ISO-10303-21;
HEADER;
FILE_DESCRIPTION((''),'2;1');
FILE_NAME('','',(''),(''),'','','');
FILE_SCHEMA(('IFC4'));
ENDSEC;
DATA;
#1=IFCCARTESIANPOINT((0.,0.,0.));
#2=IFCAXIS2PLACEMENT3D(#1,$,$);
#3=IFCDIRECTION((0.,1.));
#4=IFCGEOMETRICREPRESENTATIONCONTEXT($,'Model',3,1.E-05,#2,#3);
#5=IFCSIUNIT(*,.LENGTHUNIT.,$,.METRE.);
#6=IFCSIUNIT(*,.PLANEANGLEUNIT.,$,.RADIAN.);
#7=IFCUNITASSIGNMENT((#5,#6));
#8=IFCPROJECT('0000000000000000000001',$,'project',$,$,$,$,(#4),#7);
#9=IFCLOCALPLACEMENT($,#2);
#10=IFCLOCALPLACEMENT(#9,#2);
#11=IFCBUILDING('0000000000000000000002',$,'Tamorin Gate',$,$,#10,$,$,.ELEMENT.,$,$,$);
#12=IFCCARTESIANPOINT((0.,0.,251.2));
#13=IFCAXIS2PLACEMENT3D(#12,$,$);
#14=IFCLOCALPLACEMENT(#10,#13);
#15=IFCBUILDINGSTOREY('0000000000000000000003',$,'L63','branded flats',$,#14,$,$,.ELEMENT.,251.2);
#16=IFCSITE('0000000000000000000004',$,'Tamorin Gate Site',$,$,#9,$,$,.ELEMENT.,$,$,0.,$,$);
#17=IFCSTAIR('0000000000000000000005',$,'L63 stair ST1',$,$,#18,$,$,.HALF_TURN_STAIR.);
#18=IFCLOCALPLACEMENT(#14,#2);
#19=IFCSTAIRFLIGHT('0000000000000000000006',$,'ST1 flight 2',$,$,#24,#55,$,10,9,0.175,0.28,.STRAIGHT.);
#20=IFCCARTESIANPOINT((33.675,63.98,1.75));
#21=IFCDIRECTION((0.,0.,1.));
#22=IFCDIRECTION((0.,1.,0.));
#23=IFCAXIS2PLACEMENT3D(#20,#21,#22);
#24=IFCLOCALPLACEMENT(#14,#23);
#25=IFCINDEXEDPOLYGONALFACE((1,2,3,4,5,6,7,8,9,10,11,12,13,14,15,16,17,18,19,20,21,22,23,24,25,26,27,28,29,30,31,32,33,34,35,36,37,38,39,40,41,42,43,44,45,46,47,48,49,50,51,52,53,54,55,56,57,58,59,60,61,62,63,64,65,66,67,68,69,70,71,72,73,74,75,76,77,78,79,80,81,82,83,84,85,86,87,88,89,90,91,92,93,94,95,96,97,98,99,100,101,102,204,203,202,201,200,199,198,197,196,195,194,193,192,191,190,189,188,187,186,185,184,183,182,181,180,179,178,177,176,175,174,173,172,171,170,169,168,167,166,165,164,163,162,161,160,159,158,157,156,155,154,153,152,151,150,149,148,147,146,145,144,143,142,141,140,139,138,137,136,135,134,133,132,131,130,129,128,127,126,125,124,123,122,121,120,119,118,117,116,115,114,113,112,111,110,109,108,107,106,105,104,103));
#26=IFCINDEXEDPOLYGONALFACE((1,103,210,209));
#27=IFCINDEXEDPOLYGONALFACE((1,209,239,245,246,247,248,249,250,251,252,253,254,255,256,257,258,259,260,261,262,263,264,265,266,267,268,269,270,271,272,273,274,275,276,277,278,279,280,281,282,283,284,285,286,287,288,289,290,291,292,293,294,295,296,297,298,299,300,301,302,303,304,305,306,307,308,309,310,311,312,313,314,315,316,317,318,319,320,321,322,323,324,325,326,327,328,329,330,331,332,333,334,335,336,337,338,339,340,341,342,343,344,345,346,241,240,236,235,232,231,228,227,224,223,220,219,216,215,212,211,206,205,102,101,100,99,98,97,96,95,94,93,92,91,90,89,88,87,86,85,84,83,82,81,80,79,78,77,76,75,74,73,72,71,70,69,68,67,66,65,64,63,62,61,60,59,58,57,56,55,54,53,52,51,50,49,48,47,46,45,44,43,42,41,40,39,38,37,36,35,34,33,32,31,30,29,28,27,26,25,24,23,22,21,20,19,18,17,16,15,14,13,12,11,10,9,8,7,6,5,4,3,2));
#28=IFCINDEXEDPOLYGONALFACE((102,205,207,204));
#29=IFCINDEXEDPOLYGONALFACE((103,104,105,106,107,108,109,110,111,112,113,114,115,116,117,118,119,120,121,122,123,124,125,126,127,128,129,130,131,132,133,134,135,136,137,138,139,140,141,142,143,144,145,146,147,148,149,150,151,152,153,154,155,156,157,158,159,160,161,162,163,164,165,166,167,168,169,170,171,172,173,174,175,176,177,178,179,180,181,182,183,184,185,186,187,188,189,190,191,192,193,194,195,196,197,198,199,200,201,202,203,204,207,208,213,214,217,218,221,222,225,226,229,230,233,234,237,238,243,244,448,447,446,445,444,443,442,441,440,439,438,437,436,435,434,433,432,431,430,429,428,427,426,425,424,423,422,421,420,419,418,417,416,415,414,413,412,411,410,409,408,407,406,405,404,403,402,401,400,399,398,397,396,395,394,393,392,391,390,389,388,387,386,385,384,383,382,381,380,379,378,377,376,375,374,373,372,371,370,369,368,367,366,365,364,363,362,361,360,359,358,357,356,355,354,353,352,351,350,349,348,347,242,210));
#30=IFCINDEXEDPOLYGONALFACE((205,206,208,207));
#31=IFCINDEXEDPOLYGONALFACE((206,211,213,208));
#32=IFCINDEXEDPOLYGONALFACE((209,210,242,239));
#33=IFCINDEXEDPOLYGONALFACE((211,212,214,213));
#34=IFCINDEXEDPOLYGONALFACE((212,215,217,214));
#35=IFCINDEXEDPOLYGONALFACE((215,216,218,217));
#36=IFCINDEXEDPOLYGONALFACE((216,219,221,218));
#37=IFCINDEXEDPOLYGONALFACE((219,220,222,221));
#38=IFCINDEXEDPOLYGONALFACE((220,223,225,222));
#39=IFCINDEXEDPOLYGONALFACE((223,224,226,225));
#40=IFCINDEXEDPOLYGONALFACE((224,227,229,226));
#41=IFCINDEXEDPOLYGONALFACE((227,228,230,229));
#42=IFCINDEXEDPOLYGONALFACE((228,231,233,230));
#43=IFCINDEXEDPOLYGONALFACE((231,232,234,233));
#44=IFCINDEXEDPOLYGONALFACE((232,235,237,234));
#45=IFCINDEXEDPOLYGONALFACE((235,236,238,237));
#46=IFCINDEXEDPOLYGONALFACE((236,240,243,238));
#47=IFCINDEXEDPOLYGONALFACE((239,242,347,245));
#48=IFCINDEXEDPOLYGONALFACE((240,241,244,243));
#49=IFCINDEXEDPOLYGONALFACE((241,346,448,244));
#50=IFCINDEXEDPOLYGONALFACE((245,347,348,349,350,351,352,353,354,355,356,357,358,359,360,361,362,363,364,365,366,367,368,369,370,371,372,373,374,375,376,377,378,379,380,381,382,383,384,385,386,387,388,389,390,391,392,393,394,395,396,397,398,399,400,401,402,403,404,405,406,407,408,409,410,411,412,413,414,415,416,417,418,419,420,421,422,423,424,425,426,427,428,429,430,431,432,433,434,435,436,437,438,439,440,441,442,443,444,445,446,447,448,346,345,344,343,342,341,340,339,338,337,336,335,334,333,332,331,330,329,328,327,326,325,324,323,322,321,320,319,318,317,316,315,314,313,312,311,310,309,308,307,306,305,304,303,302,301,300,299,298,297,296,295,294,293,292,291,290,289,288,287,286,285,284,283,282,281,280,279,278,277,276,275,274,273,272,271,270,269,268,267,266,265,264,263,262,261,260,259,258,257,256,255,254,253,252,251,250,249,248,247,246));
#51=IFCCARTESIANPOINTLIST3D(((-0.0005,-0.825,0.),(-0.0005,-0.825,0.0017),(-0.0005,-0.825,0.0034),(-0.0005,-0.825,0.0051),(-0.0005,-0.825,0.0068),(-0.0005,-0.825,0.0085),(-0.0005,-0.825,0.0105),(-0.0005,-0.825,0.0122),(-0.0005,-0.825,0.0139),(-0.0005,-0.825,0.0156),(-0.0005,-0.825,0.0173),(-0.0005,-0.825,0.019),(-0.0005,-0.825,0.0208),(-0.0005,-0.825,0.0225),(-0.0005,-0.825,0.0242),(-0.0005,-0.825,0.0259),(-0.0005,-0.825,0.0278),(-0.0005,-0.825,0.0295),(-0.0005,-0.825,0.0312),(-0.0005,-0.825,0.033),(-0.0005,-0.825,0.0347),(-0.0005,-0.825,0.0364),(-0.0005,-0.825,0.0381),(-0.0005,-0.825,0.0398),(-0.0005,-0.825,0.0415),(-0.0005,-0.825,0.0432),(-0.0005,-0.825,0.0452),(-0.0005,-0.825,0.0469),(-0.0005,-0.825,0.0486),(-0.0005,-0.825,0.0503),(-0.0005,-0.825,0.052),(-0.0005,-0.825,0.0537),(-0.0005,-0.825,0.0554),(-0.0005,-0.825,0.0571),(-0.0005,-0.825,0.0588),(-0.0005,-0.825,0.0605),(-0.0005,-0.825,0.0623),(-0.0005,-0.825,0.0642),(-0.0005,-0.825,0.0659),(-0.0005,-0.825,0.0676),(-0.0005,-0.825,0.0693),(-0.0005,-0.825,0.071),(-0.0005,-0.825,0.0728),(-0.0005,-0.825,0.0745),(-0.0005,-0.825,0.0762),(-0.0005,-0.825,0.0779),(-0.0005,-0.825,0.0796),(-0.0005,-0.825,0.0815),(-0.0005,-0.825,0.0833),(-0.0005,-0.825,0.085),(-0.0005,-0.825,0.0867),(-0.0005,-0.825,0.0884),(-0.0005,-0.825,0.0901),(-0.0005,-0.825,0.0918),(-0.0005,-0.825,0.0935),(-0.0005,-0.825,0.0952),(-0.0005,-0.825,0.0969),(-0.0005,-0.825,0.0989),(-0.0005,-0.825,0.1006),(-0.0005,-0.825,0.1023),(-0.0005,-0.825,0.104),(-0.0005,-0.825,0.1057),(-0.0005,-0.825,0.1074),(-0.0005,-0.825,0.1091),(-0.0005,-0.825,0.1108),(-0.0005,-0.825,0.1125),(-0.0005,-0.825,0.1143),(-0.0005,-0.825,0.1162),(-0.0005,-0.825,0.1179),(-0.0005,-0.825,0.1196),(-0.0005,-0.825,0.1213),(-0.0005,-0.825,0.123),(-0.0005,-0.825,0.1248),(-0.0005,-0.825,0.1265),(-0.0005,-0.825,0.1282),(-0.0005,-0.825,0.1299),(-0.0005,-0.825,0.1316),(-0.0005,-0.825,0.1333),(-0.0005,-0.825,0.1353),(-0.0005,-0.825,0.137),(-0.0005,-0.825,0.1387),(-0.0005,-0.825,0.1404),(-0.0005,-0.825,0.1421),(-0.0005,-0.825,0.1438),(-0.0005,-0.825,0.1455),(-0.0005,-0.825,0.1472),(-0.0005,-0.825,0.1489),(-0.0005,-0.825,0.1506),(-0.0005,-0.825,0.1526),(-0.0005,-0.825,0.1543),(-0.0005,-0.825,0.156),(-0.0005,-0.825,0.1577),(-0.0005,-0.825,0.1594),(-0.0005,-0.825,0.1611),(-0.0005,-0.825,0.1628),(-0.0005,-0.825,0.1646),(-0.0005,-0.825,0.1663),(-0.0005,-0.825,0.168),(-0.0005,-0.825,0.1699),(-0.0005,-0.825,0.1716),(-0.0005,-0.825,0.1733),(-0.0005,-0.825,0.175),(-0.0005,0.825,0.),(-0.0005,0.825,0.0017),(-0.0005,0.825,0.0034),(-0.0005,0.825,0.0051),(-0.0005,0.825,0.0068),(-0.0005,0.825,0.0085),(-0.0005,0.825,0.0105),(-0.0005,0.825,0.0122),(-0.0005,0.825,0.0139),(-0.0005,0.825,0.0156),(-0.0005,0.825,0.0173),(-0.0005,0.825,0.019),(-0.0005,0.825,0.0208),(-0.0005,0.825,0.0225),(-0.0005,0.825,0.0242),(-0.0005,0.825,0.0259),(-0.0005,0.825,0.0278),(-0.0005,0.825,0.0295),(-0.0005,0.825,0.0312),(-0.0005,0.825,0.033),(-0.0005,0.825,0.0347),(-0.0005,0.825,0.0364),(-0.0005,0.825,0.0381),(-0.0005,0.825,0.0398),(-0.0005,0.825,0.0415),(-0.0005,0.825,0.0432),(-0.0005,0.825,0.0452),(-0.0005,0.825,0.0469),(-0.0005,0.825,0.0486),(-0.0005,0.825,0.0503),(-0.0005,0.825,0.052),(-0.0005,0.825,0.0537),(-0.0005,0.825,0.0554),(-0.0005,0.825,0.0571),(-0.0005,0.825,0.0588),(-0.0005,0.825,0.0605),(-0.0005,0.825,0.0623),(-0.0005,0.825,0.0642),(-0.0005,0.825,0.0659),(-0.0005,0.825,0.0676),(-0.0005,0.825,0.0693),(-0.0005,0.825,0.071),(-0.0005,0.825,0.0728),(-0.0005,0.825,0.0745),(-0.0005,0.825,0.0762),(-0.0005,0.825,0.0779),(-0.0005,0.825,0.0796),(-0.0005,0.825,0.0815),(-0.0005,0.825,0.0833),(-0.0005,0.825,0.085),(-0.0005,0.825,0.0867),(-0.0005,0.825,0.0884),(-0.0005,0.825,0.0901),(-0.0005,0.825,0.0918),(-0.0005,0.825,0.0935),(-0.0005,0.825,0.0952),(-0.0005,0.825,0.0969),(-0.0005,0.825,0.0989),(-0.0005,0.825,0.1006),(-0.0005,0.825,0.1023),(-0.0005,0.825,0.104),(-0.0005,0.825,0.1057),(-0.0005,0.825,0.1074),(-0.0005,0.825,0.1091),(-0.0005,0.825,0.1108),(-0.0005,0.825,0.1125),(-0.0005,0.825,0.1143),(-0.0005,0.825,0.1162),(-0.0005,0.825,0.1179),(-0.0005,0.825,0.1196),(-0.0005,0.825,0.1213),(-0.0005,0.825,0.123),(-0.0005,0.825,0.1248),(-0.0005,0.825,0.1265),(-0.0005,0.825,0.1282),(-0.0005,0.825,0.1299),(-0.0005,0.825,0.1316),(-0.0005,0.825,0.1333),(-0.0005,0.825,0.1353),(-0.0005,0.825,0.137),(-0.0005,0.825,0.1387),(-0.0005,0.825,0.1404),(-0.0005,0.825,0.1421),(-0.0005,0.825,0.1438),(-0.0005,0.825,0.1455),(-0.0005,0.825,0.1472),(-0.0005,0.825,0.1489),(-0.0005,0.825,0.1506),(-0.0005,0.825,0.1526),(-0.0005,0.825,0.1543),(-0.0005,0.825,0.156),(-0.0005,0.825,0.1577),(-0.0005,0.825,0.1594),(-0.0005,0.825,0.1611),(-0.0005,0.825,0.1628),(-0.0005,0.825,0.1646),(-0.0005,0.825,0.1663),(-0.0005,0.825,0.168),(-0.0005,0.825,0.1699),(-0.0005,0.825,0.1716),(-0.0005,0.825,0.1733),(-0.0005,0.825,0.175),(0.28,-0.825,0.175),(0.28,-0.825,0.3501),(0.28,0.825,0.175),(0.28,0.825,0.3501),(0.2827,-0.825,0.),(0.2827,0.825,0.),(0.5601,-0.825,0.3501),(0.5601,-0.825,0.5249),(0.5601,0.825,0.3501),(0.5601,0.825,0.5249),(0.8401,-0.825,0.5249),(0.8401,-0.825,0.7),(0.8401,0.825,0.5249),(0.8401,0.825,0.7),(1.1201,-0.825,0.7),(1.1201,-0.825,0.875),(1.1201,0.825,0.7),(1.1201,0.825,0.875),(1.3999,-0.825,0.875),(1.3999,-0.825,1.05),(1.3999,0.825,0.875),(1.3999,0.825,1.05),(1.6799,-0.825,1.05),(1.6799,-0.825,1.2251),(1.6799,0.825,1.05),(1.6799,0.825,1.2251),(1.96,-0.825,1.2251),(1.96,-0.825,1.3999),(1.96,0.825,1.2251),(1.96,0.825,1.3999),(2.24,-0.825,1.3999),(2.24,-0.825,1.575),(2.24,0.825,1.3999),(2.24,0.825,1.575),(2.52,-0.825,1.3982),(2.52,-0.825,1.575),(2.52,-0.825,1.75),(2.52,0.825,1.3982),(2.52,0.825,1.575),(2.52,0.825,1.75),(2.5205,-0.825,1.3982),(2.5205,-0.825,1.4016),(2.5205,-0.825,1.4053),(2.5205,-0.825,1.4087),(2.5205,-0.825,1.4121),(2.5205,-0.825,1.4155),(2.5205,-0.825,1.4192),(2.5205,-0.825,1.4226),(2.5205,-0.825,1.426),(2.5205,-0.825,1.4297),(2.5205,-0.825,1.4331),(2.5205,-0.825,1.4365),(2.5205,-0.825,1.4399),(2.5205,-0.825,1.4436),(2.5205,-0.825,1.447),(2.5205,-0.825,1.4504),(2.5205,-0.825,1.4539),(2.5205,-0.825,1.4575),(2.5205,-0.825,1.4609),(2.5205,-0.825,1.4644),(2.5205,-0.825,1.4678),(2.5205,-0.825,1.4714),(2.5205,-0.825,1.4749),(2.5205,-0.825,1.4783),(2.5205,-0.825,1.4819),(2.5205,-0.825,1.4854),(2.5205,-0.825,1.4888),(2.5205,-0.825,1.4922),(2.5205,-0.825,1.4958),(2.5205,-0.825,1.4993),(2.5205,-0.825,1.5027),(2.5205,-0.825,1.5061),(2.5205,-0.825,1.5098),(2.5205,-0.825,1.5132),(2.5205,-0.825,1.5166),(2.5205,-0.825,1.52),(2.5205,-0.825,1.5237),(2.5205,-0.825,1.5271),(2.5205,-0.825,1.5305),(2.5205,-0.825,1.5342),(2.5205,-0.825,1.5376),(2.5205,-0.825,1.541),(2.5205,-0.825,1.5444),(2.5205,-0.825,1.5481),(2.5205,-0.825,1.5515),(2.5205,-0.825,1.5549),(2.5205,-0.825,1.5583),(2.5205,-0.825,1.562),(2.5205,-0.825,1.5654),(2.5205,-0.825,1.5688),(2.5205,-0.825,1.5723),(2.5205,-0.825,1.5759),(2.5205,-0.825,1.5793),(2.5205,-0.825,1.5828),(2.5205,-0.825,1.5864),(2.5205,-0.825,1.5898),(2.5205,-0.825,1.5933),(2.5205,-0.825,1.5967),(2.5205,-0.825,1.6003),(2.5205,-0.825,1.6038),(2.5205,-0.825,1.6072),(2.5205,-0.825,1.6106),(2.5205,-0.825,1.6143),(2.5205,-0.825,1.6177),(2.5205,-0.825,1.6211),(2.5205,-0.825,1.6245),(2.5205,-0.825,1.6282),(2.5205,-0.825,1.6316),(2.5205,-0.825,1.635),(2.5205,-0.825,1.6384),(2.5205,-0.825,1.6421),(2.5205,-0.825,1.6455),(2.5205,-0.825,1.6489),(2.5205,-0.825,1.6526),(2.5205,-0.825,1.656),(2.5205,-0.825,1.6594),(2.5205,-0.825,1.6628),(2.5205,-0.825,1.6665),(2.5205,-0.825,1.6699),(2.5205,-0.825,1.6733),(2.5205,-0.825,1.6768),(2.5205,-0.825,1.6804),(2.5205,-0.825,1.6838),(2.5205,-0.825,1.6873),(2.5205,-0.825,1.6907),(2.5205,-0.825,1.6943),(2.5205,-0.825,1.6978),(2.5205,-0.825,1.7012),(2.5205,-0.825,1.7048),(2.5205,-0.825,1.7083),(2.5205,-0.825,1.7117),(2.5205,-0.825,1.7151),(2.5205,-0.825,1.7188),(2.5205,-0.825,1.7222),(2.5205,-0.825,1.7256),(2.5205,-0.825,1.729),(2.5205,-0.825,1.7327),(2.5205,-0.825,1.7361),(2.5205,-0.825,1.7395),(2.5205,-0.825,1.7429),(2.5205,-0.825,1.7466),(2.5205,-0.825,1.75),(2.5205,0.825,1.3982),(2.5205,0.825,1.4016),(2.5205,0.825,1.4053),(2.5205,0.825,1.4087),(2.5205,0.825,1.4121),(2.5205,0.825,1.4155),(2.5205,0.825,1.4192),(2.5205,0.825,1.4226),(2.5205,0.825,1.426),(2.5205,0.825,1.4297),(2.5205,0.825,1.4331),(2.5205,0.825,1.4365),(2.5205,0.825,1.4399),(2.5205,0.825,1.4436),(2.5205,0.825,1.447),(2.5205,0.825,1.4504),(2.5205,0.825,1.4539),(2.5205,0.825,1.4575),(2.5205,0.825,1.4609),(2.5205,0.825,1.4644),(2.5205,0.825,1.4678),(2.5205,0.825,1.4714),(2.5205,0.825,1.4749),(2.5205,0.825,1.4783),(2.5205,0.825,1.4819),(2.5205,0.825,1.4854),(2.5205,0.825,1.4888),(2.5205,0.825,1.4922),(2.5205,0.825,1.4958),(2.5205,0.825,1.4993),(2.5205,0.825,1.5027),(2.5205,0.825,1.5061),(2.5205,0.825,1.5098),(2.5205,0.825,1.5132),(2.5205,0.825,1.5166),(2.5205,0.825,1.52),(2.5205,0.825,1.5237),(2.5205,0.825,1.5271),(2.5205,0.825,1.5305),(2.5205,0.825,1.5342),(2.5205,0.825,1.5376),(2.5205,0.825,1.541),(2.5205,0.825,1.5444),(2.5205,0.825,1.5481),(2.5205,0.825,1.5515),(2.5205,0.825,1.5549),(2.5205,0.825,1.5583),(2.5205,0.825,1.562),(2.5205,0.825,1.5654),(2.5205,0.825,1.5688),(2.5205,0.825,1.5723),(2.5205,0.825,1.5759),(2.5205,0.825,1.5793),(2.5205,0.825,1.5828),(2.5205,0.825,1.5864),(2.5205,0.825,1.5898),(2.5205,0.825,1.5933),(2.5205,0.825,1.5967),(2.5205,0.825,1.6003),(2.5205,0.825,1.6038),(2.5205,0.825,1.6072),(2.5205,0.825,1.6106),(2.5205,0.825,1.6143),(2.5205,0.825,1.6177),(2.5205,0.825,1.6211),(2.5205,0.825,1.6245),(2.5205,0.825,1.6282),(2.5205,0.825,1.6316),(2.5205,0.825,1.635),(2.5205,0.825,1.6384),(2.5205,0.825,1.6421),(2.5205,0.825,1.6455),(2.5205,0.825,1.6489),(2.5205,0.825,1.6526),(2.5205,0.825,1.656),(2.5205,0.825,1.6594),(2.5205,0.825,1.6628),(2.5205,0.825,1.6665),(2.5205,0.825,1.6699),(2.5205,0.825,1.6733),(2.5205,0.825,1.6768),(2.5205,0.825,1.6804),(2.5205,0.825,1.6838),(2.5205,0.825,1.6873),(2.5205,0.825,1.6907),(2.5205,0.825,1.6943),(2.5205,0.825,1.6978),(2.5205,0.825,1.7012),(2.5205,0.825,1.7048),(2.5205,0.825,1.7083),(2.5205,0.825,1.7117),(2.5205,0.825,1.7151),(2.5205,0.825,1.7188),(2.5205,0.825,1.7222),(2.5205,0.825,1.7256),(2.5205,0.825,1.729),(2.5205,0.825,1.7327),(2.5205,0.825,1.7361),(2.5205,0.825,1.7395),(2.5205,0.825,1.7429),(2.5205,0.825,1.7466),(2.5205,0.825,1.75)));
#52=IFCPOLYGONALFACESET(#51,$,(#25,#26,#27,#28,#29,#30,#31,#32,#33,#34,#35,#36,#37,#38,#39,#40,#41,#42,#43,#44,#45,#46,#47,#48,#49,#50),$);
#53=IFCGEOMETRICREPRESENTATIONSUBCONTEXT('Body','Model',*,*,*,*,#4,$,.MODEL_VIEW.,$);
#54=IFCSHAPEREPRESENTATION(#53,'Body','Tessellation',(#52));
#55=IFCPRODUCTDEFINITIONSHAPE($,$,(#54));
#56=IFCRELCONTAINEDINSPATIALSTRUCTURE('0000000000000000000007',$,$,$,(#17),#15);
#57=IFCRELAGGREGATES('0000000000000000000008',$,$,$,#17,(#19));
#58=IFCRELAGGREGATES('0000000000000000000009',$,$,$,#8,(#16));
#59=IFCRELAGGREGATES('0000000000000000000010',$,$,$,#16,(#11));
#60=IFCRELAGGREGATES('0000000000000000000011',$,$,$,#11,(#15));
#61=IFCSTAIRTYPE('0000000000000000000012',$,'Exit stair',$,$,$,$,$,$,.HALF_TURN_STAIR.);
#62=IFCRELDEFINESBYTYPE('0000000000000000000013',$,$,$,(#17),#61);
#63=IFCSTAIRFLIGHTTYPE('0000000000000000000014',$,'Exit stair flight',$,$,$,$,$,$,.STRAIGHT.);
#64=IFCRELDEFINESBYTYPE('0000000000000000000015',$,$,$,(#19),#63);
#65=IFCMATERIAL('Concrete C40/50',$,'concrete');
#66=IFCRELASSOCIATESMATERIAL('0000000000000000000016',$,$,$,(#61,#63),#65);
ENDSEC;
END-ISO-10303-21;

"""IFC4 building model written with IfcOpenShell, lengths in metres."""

from ifc_helpers import new_model, si_unit, direction, frame, origin, place, context, subcontext, project, spatial, polyline, outline, extrude, material, type_object, element, aggregate, save


model = new_model("IFC4")

# Units and contexts
model_context = context("Model", 3, precision=1e-05, world=origin(), true_north=direction((0.0, 1.0)))
body_context = subcontext(model_context, "Body", "Model", "MODEL_VIEW")
ifc_project = project(units=[si_unit("LENGTHUNIT", "METRE"), si_unit("PLANEANGLEUNIT", "RADIAN")], contexts=[model_context])

# Site, building, storey
site_placement = place(None, origin())
site = spatial("IfcSite", under=ifc_project, at=site_placement, Name="Tamorin Gate Site", CompositionType="ELEMENT", RefElevation=0.0)
building_placement = place(site_placement, origin())
building = spatial("IfcBuilding", under=site, at=building_placement, Name="Tamorin Gate", CompositionType="ELEMENT")
storey_placement = place(building_placement, frame((0.0, 0.0, 251.2)))
storey = spatial("IfcBuildingStorey", under=building, at=storey_placement, Name="L63", Description="branded flats", CompositionType="ELEMENT", Elevation=251.2)

# Shared definitions
ifc_material_1 = material(Name="Concrete C40/50", Category="concrete")

# Stair, stair flight
stair_type = type_object("IfcStairType", Name="Exit stair", PredefinedType="HALF_TURN_STAIR", material=ifc_material_1)
stair_1_placement = place(storey_placement, origin())
stair_1 = element("IfcStair", 1, at=stair_1_placement, inside=storey, type_object=stair_type, Name="L63 stair ST1", PredefinedType="HALF_TURN_STAIR")
stair_flight_type = type_object("IfcStairFlightType", Name="Exit stair flight", PredefinedType="STRAIGHT", material=ifc_material_1)
stair_flight_1_placement = place(storey_placement, frame((33.675, 63.98, 1.75), z_axis=(0.0, 0.0, 1.0), x_axis=(0.0, 1.0, 0.0)))
stair_flight_1 = element("IfcStairFlight", 2, at=stair_flight_1_placement, type_object=stair_flight_type, Name="ST1 flight 2", NumberOfRisers=10, NumberOfTreads=9, PredefinedType="STRAIGHT", RiserHeight=0.175, TreadLength=0.28, context=body_context, shape_type="SweptSolid", body=[
    extrude(outline(polyline([(-0.0005, 0.0), (-0.0005, 0.0017), (-0.0005, 0.0034), (-0.0005, 0.0051), (-0.0005, 0.0068), (-0.0005, 0.0085), (-0.0005, 0.0105), (-0.0005, 0.0122), (-0.0005, 0.0139), (-0.0005, 0.0156), (-0.0005, 0.0173), (-0.0005, 0.019), (-0.0005, 0.0208), (-0.0005, 0.0225), (-0.0005, 0.0242), (-0.0005, 0.0259), (-0.0005, 0.0278), (-0.0005, 0.0295), (-0.0005, 0.0312), (-0.0005, 0.033), (-0.0005, 0.0347), (-0.0005, 0.0364), (-0.0005, 0.0381), (-0.0005, 0.0398), (-0.0005, 0.0415), (-0.0005, 0.0432), (-0.0005, 0.0452), (-0.0005, 0.0469), (-0.0005, 0.0486), (-0.0005, 0.0503), (-0.0005, 0.052), (-0.0005, 0.0537), (-0.0005, 0.0554), (-0.0005, 0.0571), (-0.0005, 0.0588), (-0.0005, 0.0605), (-0.0005, 0.0623), (-0.0005, 0.0642), (-0.0005, 0.0659), (-0.0005, 0.0676), (-0.0005, 0.0693), (-0.0005, 0.071), (-0.0005, 0.0728), (-0.0005, 0.0745), (-0.0005, 0.0762), (-0.0005, 0.0779), (-0.0005, 0.0796), (-0.0005, 0.0815), (-0.0005, 0.0833), (-0.0005, 0.085), (-0.0005, 0.0867), (-0.0005, 0.0884), (-0.0005, 0.0901), (-0.0005, 0.0918), (-0.0005, 0.0935), (-0.0005, 0.0952), (-0.0005, 0.0969), (-0.0005, 0.0989), (-0.0005, 0.1006), (-0.0005, 0.1023), (-0.0005, 0.104), (-0.0005, 0.1057), (-0.0005, 0.1074), (-0.0005, 0.1091), (-0.0005, 0.1108), (-0.0005, 0.1125), (-0.0005, 0.1143), (-0.0005, 0.1162), (-0.0005, 0.1179), (-0.0005, 0.1196), (-0.0005, 0.1213), (-0.0005, 0.123), (-0.0005, 0.1248), (-0.0005, 0.1265), (-0.0005, 0.1282), (-0.0005, 0.1299), (-0.0005, 0.1316), (-0.0005, 0.1333), (-0.0005, 0.1353), (-0.0005, 0.137), (-0.0005, 0.1387), (-0.0005, 0.1404), (-0.0005, 0.1421), (-0.0005, 0.1438), (-0.0005, 0.1455), (-0.0005, 0.1472), (-0.0005, 0.1489), (-0.0005, 0.1506), (-0.0005, 0.1526), (-0.0005, 0.1543), (-0.0005, 0.156), (-0.0005, 0.1577), (-0.0005, 0.1594), (-0.0005, 0.1611), (-0.0005, 0.1628), (-0.0005, 0.1646), (-0.0005, 0.1663), (-0.0005, 0.168), (-0.0005, 0.1699), (-0.0005, 0.1716), (-0.0005, 0.1733), (-0.0005, 0.175), (0.28, 0.175), (0.28, 0.3501), (0.5601, 0.3501), (0.5601, 0.5249), (0.8401, 0.5249), (0.8401, 0.7), (1.1201, 0.7), (1.1201, 0.875), (1.3999, 0.875), (1.3999, 1.05), (1.6799, 1.05), (1.6799, 1.2251), (1.96, 1.2251), (1.96, 1.3999), (2.24, 1.3999), (2.24, 1.575), (2.52, 1.575), (2.52, 1.75), (2.5205, 1.75), (2.5205, 1.7466), (2.5205, 1.7429), (2.5205, 1.7395), (2.5205, 1.7361), (2.5205, 1.7327), (2.5205, 1.729), (2.5205, 1.7256), (2.5205, 1.7222), (2.5205, 1.7188), (2.5205, 1.7151), (2.5205, 1.7117), (2.5205, 1.7083), (2.5205, 1.7048), (2.5205, 1.7012), (2.5205, 1.6978), (2.5205, 1.6943), (2.5205, 1.6907), (2.5205, 1.6873), (2.5205, 1.6838), (2.5205, 1.6804), (2.5205, 1.6768), (2.5205, 1.6733), (2.5205, 1.6699), (2.5205, 1.6665), (2.5205, 1.6628), (2.5205, 1.6594), (2.5205, 1.656), (2.5205, 1.6526), (2.5205, 1.6489), (2.5205, 1.6455), (2.5205, 1.6421), (2.5205, 1.6384), (2.5205, 1.635), (2.5205, 1.6316), (2.5205, 1.6282), (2.5205, 1.6245), (2.5205, 1.6211), (2.5205, 1.6177), (2.5205, 1.6143), (2.5205, 1.6106), (2.5205, 1.6072), (2.5205, 1.6038), (2.5205, 1.6003), (2.5205, 1.5967), (2.5205, 1.5933), (2.5205, 1.5898), (2.5205, 1.5864), (2.5205, 1.5828), (2.5205, 1.5793), (2.5205, 1.5759), (2.5205, 1.5723), (2.5205, 1.5688), (2.5205, 1.5654), (2.5205, 1.562), (2.5205, 1.5583), (2.5205, 1.5549), (2.5205, 1.5515), (2.5205, 1.5481), (2.5205, 1.5444), (2.5205, 1.541), (2.5205, 1.5376), (2.5205, 1.5342), (2.5205, 1.5305), (2.5205, 1.5271), (2.5205, 1.5237), (2.5205, 1.52), (2.5205, 1.5166), (2.5205, 1.5132), (2.5205, 1.5098), (2.5205, 1.5061), (2.5205, 1.5027), (2.5205, 1.4993), (2.5205, 1.4958), (2.5205, 1.4922), (2.5205, 1.4888), (2.5205, 1.4854), (2.5205, 1.4819), (2.5205, 1.4783), (2.5205, 1.4749), (2.5205, 1.4714), (2.5205, 1.4678), (2.5205, 1.4644), (2.5205, 1.4609), (2.5205, 1.4575), (2.5205, 1.4539), (2.5205, 1.4504), (2.5205, 1.447), (2.5205, 1.4436), (2.5205, 1.4399), (2.5205, 1.4365), (2.5205, 1.4331), (2.5205, 1.4297), (2.5205, 1.426), (2.5205, 1.4226), (2.5205, 1.4192), (2.5205, 1.4155), (2.5205, 1.4121), (2.5205, 1.4087), (2.5205, 1.4053), (2.5205, 1.4016), (2.5205, 1.3982), (2.52, 1.3982), (0.2827, 0.0), (-0.0005, 0.0)])), frame((0.0, 0.825, 0.0), z_axis=(0.0, -1.0, 0.0), x_axis=(1.0, 0.0, 0.0)), (0.0, 0.0, 1.0), 1.6499),
])
aggregate(stair_1, [stair_flight_1])

save(model, "model.ifc")
